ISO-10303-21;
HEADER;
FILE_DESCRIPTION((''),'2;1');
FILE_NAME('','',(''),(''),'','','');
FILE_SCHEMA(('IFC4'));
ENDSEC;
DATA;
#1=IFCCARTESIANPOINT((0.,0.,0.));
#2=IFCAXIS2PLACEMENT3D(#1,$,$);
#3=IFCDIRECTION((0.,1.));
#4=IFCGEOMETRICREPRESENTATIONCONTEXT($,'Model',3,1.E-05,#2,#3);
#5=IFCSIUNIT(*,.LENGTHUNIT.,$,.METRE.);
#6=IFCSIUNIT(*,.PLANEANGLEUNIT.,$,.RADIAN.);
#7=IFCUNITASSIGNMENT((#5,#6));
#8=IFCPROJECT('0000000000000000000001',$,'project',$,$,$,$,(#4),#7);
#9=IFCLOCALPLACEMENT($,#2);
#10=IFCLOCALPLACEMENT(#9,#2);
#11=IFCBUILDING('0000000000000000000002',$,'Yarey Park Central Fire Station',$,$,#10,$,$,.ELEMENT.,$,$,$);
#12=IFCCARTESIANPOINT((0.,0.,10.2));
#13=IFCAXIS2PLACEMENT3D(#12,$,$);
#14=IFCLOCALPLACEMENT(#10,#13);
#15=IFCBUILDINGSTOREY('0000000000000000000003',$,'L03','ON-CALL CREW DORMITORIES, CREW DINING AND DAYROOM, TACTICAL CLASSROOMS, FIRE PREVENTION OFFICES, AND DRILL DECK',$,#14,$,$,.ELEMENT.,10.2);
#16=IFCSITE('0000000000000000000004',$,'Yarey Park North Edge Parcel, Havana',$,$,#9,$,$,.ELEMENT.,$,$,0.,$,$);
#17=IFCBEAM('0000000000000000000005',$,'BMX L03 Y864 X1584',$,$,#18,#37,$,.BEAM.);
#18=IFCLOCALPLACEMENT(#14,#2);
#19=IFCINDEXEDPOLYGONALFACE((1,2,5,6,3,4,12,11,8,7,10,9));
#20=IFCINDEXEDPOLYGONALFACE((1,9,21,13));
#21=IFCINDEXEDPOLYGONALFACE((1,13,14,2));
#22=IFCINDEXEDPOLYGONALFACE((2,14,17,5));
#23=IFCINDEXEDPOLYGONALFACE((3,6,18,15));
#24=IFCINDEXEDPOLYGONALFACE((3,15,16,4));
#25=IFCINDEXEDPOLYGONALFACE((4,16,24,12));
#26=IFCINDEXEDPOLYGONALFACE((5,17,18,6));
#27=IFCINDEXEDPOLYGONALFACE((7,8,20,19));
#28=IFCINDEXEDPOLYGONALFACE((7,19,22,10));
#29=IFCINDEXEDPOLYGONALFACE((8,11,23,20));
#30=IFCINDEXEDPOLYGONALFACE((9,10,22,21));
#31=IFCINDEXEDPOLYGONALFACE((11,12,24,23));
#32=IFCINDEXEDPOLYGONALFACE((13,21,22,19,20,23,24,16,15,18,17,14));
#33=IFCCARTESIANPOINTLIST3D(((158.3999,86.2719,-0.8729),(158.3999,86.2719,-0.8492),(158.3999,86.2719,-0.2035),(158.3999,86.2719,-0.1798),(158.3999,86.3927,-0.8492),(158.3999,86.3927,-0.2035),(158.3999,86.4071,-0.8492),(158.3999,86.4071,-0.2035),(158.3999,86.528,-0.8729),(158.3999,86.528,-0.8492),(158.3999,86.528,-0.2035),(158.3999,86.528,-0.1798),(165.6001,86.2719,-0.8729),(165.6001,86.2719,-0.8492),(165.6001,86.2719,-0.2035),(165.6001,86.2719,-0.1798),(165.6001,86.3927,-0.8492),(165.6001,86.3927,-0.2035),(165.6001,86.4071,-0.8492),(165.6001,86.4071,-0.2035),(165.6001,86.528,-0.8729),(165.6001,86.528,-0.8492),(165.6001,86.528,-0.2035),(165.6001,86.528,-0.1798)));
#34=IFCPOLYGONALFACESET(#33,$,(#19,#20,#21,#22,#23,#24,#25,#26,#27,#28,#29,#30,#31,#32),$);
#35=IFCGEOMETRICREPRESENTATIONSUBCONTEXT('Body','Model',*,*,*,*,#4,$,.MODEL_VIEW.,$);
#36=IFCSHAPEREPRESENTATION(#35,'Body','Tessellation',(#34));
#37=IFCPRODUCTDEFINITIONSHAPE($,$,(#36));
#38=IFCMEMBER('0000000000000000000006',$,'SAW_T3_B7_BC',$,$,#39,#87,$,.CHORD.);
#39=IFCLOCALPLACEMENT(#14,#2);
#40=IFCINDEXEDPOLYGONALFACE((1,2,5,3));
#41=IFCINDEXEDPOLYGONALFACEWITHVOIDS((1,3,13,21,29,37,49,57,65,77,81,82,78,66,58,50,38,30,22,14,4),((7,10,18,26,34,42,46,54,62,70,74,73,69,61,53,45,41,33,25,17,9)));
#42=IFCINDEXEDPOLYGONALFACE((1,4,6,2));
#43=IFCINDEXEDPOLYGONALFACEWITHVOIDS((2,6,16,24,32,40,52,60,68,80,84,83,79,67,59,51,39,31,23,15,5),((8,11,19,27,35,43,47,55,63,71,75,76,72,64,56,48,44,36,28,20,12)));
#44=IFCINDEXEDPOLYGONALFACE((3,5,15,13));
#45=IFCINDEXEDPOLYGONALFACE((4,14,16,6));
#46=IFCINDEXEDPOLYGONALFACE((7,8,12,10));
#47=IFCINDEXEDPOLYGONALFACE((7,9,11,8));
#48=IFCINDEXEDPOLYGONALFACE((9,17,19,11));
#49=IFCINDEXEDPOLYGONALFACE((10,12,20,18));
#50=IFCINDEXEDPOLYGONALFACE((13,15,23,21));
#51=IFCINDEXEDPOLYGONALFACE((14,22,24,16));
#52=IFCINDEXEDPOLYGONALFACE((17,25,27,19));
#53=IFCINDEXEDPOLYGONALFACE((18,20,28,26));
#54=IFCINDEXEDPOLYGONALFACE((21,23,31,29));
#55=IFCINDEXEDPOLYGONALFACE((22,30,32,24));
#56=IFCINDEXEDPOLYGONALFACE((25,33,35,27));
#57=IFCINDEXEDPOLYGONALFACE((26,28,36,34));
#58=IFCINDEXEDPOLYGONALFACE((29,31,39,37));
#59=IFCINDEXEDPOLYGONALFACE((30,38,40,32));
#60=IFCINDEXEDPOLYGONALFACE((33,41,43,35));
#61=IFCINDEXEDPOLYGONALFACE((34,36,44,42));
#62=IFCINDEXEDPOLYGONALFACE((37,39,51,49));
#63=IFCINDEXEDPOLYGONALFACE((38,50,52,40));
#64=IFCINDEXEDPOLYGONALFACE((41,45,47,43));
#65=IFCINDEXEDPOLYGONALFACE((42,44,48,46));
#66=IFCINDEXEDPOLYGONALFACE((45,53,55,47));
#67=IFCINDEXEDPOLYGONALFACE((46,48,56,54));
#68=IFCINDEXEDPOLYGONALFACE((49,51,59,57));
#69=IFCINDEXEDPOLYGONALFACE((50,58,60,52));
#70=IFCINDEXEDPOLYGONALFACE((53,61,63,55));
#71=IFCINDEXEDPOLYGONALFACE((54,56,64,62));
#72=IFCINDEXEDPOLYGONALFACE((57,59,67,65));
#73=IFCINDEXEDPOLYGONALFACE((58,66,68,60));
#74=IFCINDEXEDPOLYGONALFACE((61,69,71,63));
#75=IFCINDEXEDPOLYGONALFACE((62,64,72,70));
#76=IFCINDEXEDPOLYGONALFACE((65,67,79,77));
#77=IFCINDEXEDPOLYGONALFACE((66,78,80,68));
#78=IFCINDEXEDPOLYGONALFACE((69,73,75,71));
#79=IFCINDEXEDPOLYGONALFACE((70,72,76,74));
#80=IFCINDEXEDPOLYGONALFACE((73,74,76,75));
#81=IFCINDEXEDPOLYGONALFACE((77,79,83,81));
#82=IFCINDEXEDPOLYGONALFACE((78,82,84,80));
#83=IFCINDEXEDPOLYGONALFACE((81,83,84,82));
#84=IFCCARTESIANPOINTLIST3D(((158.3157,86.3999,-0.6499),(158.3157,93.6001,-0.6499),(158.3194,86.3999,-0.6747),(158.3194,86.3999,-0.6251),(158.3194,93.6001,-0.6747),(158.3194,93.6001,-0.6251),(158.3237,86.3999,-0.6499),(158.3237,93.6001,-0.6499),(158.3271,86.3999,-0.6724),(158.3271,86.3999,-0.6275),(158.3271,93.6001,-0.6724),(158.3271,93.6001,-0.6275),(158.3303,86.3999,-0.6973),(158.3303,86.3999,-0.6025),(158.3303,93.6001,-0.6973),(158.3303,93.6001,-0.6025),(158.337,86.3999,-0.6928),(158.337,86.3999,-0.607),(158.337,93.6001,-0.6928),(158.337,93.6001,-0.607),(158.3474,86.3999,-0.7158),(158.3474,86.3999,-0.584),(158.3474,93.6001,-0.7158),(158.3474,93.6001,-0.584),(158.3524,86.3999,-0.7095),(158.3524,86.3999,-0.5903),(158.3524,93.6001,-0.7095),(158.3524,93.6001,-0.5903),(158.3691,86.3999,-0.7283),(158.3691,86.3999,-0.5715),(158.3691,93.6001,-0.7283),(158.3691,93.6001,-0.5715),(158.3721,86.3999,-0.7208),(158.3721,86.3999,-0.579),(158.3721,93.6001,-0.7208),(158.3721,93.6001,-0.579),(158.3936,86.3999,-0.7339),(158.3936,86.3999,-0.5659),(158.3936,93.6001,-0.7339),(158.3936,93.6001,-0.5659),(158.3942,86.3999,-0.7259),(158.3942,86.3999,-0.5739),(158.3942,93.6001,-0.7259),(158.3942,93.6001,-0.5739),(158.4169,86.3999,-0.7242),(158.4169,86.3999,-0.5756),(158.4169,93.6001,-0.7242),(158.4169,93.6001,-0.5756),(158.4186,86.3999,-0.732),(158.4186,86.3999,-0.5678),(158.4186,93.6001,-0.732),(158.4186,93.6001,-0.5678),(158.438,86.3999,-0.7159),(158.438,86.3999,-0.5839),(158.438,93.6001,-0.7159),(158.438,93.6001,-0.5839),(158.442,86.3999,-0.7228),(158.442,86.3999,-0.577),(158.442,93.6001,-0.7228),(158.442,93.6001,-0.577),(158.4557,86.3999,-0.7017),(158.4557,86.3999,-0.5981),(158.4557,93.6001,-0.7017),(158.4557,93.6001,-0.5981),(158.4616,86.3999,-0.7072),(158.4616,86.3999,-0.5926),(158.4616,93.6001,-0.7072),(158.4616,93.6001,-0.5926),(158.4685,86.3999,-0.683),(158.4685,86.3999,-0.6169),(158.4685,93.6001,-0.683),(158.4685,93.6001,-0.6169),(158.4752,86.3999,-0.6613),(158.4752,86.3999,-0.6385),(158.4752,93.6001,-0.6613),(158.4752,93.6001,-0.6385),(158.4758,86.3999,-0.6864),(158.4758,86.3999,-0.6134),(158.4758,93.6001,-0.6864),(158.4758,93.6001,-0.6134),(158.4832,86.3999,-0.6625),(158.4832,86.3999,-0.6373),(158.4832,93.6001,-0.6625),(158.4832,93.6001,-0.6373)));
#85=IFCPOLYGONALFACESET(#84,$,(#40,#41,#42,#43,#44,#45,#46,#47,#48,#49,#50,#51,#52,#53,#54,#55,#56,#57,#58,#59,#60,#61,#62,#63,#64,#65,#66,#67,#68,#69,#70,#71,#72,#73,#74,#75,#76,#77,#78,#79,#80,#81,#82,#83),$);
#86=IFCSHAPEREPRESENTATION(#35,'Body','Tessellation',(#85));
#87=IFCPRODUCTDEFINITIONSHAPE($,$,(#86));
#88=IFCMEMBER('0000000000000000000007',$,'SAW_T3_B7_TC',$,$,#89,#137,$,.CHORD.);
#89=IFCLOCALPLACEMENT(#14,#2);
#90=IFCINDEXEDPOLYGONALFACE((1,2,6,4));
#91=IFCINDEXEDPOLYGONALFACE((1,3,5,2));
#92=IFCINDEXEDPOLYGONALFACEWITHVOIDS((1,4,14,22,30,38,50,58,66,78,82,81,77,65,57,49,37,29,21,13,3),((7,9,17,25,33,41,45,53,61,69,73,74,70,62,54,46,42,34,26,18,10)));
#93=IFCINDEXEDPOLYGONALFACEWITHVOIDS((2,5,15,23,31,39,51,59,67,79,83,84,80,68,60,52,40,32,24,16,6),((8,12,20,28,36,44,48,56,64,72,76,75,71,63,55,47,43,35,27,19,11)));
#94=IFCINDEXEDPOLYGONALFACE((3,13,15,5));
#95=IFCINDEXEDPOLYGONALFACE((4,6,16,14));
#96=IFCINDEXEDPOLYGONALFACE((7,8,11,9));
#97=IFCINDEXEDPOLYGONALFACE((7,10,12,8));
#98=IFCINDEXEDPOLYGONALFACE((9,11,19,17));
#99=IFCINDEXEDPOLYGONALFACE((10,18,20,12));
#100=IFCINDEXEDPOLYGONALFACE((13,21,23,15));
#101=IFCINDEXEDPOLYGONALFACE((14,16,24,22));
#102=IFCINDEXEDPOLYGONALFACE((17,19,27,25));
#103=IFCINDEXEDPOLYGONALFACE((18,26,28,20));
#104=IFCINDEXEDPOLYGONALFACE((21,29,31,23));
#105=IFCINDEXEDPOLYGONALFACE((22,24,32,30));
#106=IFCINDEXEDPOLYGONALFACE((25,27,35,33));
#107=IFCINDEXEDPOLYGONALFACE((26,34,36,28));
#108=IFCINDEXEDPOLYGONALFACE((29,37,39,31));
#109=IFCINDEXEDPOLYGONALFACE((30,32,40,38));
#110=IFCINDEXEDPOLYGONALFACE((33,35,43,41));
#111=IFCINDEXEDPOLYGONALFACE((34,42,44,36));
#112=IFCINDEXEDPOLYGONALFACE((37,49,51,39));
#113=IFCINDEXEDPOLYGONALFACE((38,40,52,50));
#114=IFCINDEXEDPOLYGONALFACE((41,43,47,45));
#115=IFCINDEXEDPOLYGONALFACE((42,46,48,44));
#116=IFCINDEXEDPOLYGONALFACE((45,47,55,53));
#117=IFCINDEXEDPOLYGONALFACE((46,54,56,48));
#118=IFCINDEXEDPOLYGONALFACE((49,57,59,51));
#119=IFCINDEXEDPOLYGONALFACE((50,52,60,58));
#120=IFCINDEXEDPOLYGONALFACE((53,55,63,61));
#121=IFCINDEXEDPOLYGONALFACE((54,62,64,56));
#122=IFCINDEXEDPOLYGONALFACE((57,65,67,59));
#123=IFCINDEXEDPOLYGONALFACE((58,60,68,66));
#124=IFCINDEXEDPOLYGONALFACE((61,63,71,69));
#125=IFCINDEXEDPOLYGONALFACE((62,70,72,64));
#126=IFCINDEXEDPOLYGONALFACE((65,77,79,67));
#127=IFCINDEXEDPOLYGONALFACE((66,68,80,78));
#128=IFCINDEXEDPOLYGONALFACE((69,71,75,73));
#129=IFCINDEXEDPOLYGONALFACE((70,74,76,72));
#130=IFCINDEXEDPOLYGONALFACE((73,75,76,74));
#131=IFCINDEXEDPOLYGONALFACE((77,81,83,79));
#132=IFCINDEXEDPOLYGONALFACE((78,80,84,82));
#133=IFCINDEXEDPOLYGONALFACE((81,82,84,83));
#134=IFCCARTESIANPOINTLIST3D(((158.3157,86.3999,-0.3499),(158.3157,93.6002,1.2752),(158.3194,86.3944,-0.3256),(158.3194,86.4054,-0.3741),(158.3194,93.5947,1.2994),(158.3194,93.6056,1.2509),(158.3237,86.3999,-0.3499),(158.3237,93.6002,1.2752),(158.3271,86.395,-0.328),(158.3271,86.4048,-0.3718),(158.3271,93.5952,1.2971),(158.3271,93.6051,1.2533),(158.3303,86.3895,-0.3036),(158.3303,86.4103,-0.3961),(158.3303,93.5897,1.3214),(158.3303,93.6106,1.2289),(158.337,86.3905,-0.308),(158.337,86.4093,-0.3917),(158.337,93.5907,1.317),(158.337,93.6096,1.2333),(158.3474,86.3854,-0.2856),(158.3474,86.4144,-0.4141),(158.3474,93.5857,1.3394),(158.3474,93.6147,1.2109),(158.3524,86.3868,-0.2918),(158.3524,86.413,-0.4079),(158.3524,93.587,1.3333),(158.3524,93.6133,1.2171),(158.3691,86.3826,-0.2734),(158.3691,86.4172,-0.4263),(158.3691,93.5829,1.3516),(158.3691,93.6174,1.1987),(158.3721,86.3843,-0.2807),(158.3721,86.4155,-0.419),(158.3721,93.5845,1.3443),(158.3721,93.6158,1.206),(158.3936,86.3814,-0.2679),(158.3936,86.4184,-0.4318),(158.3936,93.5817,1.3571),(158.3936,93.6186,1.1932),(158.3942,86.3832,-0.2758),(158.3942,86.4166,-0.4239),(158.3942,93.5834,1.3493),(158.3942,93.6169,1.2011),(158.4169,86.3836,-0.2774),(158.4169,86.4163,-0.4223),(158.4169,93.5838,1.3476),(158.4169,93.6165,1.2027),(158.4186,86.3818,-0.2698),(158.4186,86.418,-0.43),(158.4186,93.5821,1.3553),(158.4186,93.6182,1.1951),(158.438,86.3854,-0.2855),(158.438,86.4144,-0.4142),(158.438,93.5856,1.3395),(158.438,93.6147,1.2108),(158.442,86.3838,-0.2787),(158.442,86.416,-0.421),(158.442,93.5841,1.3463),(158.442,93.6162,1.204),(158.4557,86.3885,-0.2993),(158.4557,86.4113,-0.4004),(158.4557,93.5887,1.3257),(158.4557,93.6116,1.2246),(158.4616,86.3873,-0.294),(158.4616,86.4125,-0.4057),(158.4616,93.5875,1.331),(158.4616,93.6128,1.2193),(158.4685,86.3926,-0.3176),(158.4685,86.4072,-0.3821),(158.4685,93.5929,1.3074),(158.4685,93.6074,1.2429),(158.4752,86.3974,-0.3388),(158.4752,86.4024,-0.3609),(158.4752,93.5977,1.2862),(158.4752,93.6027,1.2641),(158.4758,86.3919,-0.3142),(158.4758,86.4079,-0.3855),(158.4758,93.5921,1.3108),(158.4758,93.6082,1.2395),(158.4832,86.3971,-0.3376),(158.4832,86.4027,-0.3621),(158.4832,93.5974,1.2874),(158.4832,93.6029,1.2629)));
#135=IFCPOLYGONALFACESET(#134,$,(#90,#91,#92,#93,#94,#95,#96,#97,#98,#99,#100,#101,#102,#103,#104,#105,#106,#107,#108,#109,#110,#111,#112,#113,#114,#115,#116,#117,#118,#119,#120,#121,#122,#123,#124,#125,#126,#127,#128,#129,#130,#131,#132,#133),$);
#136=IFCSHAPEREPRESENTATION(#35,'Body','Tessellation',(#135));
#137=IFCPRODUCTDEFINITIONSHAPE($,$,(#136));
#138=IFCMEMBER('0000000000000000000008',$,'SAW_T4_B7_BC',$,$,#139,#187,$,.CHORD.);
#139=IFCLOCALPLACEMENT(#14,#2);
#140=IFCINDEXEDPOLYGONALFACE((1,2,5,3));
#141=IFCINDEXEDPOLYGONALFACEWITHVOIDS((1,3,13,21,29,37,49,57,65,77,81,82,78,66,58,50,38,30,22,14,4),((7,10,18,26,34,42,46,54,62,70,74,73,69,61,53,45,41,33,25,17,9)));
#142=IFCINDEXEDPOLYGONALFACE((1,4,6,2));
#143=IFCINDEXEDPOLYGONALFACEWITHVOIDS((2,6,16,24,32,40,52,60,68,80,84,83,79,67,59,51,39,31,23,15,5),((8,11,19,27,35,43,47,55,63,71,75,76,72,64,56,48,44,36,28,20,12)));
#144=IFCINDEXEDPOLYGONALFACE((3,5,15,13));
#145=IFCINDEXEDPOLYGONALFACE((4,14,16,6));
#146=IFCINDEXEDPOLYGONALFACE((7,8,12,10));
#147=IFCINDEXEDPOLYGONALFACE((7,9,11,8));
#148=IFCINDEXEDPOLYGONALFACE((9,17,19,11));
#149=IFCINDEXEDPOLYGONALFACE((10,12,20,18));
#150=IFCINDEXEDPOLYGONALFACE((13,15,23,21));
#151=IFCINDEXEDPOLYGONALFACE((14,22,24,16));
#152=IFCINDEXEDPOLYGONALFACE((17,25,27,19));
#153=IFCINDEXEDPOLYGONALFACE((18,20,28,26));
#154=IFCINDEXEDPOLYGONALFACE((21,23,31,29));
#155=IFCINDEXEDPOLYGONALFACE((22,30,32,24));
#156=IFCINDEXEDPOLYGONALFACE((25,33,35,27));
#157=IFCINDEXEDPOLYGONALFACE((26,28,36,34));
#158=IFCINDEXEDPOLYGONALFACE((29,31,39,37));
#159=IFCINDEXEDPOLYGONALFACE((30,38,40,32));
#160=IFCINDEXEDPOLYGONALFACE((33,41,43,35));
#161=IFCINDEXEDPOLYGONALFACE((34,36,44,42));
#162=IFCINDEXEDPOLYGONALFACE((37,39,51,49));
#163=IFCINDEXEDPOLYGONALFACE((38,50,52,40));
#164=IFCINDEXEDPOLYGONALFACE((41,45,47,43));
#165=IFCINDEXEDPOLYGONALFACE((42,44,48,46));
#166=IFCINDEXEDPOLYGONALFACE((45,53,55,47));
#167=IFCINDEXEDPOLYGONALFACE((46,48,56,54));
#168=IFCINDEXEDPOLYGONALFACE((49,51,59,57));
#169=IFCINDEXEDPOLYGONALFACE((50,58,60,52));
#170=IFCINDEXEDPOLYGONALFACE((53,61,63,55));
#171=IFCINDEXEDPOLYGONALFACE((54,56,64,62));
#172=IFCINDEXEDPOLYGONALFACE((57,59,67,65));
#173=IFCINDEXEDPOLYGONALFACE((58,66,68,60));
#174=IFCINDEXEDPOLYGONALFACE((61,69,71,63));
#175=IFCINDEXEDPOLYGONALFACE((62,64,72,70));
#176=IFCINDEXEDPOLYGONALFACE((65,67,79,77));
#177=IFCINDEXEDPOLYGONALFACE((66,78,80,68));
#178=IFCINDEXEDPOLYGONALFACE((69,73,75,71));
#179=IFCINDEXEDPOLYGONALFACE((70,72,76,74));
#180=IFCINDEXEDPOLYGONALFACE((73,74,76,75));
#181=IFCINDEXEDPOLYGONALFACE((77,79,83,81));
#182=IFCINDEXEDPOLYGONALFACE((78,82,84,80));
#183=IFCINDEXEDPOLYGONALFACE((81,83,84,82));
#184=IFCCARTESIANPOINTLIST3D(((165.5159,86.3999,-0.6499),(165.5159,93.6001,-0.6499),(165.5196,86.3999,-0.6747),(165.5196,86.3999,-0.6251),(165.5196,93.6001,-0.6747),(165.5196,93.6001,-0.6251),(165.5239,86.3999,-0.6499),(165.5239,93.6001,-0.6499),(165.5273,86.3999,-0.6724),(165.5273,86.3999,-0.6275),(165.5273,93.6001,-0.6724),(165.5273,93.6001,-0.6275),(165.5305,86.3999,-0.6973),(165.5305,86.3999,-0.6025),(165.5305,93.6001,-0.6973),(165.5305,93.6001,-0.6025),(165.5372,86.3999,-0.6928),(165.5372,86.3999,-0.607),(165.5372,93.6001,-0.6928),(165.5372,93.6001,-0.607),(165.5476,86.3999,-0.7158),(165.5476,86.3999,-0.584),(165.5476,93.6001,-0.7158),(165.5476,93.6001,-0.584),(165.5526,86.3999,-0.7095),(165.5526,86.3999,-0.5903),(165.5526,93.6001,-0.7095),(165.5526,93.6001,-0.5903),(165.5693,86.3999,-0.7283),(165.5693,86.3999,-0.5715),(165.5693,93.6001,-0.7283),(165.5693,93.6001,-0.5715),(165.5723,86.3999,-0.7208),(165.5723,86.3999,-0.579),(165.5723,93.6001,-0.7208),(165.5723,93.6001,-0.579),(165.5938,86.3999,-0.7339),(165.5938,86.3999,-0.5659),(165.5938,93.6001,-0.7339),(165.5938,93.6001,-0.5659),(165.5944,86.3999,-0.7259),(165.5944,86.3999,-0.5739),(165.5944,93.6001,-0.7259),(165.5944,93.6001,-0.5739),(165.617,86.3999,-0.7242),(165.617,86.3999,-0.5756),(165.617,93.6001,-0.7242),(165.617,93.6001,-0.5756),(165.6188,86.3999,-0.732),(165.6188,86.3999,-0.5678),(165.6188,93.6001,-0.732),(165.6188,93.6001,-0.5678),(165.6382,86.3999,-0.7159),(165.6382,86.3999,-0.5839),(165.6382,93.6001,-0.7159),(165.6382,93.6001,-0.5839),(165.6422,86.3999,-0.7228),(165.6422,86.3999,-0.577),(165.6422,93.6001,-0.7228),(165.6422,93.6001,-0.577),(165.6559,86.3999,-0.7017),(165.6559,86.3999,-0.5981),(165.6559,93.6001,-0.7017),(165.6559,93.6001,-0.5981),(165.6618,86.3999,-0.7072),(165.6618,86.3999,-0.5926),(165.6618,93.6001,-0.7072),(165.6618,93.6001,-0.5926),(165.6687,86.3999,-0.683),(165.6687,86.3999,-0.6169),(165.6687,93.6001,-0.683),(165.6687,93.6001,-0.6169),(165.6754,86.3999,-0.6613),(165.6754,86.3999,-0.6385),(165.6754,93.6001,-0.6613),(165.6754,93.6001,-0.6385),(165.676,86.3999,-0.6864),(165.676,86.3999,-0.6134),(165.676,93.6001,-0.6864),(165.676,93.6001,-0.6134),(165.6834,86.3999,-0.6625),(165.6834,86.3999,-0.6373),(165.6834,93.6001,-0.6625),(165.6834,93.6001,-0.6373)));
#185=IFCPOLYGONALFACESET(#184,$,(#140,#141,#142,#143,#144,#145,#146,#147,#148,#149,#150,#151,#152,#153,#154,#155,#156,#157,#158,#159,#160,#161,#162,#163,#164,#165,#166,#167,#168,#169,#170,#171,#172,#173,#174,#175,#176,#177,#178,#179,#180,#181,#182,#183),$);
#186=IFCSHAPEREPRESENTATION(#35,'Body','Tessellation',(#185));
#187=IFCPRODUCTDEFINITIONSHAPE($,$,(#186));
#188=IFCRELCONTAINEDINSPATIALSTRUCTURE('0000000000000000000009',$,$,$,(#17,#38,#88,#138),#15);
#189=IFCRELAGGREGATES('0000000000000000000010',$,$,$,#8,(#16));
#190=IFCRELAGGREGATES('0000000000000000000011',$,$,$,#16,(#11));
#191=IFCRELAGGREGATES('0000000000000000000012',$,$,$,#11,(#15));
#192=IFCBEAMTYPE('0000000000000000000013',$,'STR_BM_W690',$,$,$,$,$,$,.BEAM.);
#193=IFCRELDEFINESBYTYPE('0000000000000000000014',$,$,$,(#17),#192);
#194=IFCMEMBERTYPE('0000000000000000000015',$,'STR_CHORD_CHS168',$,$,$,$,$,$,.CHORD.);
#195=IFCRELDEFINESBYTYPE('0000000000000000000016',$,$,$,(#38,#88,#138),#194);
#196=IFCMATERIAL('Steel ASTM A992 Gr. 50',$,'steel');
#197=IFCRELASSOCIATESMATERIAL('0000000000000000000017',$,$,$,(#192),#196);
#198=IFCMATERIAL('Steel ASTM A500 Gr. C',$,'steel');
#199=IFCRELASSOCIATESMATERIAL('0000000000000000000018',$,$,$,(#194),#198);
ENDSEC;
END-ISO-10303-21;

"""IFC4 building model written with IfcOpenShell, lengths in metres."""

from ifc_helpers import new_model, si_unit, direction, frame, origin, origin_2d, place, context, subcontext, project, spatial, hollow_circle, i_section, extrude, material, material_profile, profile_set, type_object, element, save


model = new_model("IFC4")

# Units and contexts
model_context = context("Model", 3, precision=1e-05, world=origin(), true_north=direction((0.0, 1.0)))
body_context = subcontext(model_context, "Body", "Model", "MODEL_VIEW")
ifc_project = project(units=[si_unit("LENGTHUNIT", "METRE"), si_unit("PLANEANGLEUNIT", "RADIAN")], contexts=[model_context])

# Site, building, storey
site_placement = place(None, origin())
site = spatial("IfcSite", under=ifc_project, at=site_placement, Name="Yarey Park North Edge Parcel, Havana", CompositionType="ELEMENT", RefElevation=0.0)
building_placement = place(site_placement, origin())
building = spatial("IfcBuilding", under=site, at=building_placement, Name="Yarey Park Central Fire Station", CompositionType="ELEMENT")
storey_placement = place(building_placement, frame((0.0, 0.0, 10.2)))
storey = spatial("IfcBuildingStorey", under=building, at=storey_placement, Name="L03", Description="ON-CALL CREW DORMITORIES, CREW DINING AND DAYROOM, TACTICAL CLASSROOMS, FIRE PREVENTION OFFICES, AND DRILL DECK", CompositionType="ELEMENT", Elevation=10.2)

# Beam
ifc_material_1 = material(Name="Steel ASTM A992 Gr. 50", Category="steel")
ifc_material_profile_1 = material_profile(ifc_material_1, i_section(OverallWidth=0.2561, OverallDepth=0.6931, WebThickness=0.0144, FlangeThickness=0.0237, at=origin_2d()), Name="W690x170")
ifc_profile_set_1 = profile_set([ifc_material_profile_1], Name="Steel ASTM A992 Gr. 50")
beam_type_1 = type_object("IfcBeamType", Name="STR_BM_W690", PredefinedType="BEAM", material=ifc_profile_set_1)
beam_placement = place(storey_placement, frame((158.3999, 86.3999, -0.5264), z_axis=(1.0, 0.0, 0.0), x_axis=(0.0, 1.0, 0.0)))
element("IfcBeam", 1, at=beam_placement, inside=storey, type_object=beam_type_1, Name="BMX L03 Y864 X1584", PredefinedType="BEAM", context=body_context, shape_type="SweptSolid", body=[
    extrude(i_section(OverallWidth=0.2561, OverallDepth=0.6931, WebThickness=0.0144, FlangeThickness=0.0237, at=origin_2d()), origin(), (0.0, 0.0, 1.0), 7.2002),
])

# Members
ifc_material_2 = material(Name="Steel ASTM A500 Gr. C", Category="steel")
ifc_material_profile_2 = material_profile(ifc_material_2, hollow_circle(Radius=0.0842, WallThickness=0.0081, at=origin_2d()), Name="CHS 168.3x8")
ifc_profile_set_2 = profile_set([ifc_material_profile_2], Name="Steel ASTM A500 Gr. C")
member_type_1 = type_object("IfcMemberType", Name="STR_CHORD_CHS168", PredefinedType="CHORD", material=ifc_profile_set_2)
member_1_placement = place(storey_placement, frame((158.3999, 86.3999, -0.6499), z_axis=(0.0, 1.0, 0.0), x_axis=(-1.0, 0.0, 0.0)))
element("IfcMember", 2, at=member_1_placement, inside=storey, type_object=member_type_1, Name="SAW_T3_B7_BC", PredefinedType="CHORD", context=body_context, shape_type="SweptSolid", body=[
    extrude(hollow_circle(Radius=0.0842, WallThickness=0.0081, at=origin_2d()), origin(), (0.0, 0.0, 1.0), 7.2002),
])
member_2_placement = place(storey_placement, frame((158.3999, 86.3999, -0.3499), z_axis=(0.0, 0.975466, 0.220151), x_axis=(-1.0, 0.0, 0.0)))
element("IfcMember", 3, at=member_2_placement, inside=storey, type_object=member_type_1, Name="SAW_T3_B7_TC", PredefinedType="CHORD", context=body_context, shape_type="SweptSolid", body=[
    extrude(hollow_circle(Radius=0.0842, WallThickness=0.0081, at=origin_2d()), origin(), (0.0, 0.0, 1.0), 7.3813),
])
member_3_placement = place(storey_placement, frame((165.6001, 86.3999, -0.6499), z_axis=(0.0, 1.0, 0.0), x_axis=(-1.0, 0.0, 0.0)))
element("IfcMember", 4, at=member_3_placement, inside=storey, type_object=member_type_1, Name="SAW_T4_B7_BC", PredefinedType="CHORD", context=body_context, shape_type="SweptSolid", body=[
    extrude(hollow_circle(Radius=0.0842, WallThickness=0.0081, at=origin_2d()), origin(), (0.0, 0.0, 1.0), 7.2002),
])

save(model, "model.ifc")
